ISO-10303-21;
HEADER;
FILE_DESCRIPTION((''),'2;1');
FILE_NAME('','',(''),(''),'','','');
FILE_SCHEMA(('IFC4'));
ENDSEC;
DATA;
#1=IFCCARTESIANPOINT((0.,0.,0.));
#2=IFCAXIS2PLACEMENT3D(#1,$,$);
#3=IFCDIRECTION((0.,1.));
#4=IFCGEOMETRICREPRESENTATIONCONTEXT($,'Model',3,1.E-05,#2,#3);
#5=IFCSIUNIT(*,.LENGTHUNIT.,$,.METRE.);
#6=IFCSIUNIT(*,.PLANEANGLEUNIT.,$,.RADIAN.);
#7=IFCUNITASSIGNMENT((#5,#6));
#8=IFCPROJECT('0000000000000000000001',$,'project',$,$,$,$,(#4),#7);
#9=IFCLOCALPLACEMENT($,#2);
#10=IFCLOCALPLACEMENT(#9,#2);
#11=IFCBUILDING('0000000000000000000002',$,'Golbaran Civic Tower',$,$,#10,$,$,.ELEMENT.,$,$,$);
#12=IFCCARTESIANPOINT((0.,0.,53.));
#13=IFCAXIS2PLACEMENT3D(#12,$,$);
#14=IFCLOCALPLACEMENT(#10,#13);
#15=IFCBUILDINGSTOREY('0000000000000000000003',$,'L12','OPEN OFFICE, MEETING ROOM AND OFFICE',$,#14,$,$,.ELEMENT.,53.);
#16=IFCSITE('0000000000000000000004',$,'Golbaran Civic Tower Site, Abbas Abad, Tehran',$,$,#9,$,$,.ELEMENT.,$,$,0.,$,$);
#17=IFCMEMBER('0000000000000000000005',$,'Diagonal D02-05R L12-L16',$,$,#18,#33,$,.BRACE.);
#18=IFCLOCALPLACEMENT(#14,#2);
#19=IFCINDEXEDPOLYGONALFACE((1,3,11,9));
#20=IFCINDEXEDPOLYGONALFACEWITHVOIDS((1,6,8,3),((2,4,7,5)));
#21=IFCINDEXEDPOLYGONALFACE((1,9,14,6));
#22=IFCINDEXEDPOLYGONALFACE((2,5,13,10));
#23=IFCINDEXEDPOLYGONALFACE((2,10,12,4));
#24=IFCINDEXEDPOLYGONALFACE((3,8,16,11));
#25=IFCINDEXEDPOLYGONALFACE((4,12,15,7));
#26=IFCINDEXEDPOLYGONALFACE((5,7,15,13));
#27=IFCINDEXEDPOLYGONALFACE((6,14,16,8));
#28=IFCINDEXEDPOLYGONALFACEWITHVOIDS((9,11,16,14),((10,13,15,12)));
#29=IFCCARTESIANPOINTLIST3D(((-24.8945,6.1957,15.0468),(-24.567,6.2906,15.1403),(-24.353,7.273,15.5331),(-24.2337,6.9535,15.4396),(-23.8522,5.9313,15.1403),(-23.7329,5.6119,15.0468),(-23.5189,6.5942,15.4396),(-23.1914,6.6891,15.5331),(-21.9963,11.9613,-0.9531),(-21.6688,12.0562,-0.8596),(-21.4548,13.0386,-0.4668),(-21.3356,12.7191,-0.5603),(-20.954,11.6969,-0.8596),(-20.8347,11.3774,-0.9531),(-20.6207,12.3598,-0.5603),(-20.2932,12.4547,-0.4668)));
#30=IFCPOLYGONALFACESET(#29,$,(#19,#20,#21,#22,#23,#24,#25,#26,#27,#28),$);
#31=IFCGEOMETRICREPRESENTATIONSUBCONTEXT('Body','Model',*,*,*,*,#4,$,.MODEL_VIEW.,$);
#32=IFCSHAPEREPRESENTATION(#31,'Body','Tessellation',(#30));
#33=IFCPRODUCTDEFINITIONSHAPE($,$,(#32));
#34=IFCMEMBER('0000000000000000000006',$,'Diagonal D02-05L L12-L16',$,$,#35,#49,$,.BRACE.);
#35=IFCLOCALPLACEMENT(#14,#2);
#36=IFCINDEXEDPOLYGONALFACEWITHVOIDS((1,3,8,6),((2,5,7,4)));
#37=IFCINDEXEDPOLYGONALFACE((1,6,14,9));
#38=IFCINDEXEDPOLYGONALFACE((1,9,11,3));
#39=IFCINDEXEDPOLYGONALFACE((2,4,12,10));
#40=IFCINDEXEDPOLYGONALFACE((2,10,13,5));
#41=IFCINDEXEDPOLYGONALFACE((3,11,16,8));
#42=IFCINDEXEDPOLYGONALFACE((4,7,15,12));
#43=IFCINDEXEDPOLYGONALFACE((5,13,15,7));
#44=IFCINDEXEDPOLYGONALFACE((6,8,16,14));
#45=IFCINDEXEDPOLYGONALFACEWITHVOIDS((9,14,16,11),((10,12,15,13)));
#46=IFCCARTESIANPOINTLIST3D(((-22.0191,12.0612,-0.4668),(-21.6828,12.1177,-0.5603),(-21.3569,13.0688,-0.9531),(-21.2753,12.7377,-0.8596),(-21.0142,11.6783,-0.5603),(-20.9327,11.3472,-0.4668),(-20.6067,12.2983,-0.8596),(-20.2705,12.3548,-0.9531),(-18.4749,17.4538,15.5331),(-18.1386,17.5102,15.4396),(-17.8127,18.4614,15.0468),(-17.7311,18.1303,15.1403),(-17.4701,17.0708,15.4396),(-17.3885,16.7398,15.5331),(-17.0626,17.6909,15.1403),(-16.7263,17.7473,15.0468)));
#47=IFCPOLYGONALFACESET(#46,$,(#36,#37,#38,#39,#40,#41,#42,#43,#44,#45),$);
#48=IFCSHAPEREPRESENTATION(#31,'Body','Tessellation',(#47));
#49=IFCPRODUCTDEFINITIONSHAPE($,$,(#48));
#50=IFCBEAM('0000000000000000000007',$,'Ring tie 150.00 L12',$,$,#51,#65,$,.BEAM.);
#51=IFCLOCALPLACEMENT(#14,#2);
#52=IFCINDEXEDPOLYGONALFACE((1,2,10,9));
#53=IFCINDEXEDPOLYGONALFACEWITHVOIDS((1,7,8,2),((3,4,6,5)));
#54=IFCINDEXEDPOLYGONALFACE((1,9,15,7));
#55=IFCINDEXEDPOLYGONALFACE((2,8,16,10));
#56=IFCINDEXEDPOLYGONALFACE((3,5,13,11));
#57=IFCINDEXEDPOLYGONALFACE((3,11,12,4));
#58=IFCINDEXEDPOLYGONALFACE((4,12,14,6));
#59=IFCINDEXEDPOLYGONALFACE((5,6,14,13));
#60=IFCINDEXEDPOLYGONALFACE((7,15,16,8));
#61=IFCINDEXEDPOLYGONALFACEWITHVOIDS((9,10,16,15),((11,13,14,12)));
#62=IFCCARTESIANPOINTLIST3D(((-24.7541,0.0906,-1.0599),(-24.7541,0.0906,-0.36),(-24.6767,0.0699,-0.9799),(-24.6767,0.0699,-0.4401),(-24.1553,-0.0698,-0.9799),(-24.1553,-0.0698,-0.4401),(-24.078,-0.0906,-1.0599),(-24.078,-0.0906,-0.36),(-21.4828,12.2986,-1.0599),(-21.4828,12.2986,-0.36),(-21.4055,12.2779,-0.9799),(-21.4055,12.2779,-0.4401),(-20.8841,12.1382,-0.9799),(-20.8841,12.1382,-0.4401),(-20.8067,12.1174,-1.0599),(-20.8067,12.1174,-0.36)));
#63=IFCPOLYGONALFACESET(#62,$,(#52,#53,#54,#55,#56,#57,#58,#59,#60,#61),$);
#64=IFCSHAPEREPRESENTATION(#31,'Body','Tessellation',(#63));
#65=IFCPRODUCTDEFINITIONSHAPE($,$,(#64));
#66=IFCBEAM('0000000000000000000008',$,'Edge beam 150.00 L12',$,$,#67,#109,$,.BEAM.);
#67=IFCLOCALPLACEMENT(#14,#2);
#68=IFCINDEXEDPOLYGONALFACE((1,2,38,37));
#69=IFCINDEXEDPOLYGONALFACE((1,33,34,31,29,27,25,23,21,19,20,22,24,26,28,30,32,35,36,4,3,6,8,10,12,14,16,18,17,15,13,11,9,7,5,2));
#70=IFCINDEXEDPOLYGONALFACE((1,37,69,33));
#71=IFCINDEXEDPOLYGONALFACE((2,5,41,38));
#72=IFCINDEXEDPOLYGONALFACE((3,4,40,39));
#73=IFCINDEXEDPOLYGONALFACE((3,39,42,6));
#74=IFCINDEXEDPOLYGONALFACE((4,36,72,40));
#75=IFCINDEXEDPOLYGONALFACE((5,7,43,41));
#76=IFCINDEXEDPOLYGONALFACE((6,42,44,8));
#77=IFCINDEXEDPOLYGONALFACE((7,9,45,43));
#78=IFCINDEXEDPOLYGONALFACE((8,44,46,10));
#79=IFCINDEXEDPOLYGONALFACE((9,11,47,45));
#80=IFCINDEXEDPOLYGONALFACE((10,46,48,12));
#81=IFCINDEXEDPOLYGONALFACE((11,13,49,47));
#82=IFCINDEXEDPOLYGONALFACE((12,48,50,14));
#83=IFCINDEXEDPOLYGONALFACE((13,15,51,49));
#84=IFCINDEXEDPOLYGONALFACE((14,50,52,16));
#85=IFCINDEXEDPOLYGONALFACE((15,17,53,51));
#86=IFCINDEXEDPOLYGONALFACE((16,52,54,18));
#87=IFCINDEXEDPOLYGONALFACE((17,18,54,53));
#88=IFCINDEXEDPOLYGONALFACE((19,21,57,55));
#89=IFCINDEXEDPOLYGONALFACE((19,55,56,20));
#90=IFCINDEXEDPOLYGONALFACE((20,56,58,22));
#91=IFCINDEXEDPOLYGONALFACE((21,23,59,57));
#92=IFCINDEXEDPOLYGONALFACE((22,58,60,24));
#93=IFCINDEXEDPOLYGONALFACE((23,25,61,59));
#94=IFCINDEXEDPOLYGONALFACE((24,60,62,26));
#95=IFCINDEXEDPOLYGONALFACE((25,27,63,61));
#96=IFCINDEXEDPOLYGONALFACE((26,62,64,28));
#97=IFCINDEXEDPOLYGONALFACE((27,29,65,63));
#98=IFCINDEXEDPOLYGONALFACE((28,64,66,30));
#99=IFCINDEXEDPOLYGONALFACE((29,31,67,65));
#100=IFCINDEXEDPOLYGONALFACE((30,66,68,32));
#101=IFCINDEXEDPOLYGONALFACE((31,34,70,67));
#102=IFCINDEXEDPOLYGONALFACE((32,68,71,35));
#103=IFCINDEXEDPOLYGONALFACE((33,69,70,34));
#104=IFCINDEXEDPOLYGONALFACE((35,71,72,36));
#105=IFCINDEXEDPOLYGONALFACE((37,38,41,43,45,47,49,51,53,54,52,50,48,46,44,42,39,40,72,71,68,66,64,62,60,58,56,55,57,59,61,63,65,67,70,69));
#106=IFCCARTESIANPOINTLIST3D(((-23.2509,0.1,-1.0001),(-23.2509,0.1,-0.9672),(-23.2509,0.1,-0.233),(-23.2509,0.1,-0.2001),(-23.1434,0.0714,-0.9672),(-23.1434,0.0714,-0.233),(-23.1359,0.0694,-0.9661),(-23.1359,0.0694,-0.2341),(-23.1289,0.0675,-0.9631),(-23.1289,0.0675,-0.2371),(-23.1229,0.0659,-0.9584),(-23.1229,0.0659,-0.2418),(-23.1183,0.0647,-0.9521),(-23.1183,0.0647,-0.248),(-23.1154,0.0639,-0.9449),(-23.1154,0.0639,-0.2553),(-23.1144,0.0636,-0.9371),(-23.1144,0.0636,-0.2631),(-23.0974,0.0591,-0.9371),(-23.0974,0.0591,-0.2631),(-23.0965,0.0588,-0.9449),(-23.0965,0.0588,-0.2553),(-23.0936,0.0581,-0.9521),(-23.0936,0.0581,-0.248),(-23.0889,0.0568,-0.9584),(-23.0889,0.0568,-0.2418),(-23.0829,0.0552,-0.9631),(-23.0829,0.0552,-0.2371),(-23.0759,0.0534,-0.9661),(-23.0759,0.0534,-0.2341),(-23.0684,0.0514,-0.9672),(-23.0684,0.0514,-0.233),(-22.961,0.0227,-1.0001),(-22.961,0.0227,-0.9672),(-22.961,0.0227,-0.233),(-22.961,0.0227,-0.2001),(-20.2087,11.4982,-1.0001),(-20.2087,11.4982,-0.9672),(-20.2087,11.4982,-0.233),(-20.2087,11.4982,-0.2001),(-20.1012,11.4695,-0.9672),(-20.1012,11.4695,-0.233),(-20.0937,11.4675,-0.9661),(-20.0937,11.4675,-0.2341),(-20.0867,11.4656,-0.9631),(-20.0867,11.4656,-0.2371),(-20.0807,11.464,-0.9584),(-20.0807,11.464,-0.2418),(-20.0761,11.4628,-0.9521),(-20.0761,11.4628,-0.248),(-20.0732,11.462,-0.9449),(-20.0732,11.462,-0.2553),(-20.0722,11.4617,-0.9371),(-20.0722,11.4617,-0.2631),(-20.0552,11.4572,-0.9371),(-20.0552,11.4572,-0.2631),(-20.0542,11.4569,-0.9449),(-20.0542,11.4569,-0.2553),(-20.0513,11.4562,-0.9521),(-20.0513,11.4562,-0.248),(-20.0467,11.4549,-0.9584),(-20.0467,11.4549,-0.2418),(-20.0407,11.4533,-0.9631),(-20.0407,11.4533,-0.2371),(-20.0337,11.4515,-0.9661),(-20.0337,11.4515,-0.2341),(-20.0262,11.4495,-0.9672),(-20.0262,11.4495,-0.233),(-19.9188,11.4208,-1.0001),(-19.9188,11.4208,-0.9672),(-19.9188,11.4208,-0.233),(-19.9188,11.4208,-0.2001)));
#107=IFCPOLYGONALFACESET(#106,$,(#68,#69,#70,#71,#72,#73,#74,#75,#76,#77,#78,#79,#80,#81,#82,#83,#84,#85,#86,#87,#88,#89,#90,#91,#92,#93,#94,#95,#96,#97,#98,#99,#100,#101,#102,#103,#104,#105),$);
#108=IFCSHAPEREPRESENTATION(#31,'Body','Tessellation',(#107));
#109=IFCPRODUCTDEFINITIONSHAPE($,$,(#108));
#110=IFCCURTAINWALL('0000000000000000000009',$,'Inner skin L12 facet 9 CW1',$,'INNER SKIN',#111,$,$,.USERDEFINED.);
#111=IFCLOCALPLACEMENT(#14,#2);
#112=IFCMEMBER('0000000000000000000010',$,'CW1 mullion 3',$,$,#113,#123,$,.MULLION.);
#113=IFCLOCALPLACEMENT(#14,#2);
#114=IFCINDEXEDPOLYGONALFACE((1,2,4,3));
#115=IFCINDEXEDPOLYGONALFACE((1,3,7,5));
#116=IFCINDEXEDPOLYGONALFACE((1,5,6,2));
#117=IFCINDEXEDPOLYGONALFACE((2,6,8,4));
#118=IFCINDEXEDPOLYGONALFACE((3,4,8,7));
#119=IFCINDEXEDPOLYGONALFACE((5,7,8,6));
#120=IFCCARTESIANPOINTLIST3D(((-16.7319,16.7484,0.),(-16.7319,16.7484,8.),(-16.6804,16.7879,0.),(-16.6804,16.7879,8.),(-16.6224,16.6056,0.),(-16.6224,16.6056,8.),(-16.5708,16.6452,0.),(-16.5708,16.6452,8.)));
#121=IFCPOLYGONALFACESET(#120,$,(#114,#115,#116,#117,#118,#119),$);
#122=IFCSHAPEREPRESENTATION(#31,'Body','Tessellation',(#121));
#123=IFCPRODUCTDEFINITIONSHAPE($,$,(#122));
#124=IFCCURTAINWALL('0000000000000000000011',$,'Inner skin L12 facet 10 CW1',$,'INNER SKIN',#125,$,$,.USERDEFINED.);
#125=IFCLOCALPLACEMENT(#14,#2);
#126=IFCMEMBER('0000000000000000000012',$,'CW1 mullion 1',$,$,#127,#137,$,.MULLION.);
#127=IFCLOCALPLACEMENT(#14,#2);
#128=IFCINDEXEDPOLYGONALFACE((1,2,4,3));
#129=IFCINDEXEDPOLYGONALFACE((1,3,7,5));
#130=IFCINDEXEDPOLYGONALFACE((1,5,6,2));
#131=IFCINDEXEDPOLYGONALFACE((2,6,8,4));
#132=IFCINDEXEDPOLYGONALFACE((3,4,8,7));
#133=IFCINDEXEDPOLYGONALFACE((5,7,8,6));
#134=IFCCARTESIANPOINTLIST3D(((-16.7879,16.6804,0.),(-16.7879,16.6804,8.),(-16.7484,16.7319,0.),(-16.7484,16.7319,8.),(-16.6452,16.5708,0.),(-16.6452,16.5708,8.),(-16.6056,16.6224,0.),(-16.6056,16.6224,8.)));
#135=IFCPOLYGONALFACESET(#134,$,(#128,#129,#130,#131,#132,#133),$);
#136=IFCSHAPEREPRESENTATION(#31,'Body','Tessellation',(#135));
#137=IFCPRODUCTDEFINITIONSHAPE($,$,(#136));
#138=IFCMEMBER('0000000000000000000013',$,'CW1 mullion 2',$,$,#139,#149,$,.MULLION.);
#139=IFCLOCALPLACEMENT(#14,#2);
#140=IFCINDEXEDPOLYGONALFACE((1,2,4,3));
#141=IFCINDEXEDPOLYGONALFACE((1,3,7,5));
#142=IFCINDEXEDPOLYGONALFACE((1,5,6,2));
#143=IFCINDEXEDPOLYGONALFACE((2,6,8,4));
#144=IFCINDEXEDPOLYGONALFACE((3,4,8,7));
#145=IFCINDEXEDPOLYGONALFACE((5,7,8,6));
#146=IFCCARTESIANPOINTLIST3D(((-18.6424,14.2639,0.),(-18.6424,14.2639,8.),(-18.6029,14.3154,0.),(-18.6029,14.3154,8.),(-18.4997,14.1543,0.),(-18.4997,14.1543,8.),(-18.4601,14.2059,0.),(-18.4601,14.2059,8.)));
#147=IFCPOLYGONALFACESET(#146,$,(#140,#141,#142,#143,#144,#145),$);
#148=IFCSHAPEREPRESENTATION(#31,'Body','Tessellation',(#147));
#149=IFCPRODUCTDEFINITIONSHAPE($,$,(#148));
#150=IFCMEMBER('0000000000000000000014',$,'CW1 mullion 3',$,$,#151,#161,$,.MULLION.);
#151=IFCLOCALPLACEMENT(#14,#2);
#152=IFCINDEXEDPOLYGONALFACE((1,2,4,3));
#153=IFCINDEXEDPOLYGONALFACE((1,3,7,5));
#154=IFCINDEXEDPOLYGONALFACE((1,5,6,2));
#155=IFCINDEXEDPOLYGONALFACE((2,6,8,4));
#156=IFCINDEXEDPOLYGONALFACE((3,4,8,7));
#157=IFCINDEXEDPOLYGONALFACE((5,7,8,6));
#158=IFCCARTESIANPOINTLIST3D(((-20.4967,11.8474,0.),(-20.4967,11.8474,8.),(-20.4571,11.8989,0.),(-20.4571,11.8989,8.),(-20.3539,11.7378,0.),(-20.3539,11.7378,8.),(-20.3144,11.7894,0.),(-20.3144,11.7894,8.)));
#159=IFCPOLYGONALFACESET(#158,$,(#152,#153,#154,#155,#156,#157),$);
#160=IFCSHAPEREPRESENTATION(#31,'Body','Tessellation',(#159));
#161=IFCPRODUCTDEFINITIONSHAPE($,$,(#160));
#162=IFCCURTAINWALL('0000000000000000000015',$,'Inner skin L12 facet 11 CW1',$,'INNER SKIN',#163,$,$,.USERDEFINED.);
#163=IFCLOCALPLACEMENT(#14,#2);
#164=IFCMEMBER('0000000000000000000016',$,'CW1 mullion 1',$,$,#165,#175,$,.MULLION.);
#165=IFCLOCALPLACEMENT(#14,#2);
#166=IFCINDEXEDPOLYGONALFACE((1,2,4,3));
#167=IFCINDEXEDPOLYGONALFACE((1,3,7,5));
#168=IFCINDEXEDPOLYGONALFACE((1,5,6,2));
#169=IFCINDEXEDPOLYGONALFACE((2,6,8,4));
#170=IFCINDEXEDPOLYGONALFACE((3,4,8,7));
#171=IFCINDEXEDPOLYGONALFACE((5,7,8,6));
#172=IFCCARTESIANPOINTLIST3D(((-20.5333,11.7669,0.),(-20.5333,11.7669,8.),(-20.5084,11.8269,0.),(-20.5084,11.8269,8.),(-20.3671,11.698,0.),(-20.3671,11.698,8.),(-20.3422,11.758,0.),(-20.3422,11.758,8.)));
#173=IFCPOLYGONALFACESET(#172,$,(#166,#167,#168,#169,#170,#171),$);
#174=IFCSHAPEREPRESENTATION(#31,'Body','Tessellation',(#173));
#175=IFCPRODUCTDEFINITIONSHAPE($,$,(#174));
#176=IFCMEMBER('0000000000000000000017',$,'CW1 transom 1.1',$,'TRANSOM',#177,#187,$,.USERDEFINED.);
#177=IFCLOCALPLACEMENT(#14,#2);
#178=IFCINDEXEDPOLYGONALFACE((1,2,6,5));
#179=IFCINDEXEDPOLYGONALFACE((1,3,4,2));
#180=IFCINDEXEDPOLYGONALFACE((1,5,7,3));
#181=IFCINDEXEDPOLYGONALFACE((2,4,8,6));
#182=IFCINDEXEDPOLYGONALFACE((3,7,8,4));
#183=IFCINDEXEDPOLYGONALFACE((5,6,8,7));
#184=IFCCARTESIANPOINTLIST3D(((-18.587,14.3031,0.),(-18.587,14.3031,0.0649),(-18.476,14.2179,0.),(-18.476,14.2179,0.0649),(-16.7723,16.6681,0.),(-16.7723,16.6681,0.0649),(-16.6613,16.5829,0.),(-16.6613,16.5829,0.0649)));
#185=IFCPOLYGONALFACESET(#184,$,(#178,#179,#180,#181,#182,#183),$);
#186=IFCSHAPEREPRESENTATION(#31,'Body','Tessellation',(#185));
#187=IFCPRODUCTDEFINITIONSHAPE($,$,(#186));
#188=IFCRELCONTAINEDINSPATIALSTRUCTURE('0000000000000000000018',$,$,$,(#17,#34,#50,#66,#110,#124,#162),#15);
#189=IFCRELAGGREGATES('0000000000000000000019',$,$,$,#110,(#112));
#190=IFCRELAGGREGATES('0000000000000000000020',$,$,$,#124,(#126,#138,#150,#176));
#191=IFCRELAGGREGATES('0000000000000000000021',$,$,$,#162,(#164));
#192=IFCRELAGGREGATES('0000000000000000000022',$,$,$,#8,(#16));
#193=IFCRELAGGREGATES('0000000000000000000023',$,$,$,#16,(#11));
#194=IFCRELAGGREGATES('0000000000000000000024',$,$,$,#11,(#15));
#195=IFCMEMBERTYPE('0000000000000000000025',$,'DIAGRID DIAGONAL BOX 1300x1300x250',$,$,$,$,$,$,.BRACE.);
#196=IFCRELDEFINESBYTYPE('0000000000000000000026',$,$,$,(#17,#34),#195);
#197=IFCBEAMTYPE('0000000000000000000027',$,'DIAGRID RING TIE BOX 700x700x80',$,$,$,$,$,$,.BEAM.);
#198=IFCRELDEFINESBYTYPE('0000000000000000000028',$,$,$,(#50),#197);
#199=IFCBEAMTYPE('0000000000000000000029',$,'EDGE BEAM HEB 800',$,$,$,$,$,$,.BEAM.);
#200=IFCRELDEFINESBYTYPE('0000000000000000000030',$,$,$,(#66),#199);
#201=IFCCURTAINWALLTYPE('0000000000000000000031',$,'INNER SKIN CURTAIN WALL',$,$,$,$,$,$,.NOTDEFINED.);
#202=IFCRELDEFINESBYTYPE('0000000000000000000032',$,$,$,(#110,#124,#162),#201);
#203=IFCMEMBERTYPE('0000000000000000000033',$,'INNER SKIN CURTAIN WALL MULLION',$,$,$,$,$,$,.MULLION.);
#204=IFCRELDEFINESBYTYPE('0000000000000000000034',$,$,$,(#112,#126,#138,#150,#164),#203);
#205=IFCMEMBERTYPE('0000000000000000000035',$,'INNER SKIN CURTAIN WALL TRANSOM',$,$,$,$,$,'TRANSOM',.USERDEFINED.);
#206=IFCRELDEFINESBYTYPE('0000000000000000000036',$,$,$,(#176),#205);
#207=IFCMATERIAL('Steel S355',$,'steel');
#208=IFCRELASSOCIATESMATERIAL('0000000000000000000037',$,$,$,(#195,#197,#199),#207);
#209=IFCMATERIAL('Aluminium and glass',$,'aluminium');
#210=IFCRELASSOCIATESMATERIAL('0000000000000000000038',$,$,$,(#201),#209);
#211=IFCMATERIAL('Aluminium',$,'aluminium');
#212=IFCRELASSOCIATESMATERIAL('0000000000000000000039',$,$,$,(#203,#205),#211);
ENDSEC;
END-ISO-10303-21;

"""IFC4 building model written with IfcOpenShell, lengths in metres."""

from ifc_helpers import new_model, si_unit, direction, frame, origin, origin_2d, place, context, subcontext, project, spatial, rectangle, hollow_rectangle, i_section, extrude, material, material_profile, profile_set, type_object, element, aggregate, save


model = new_model("IFC4")

# Units and contexts
model_context = context("Model", 3, precision=1e-05, world=origin(), true_north=direction((0.0, 1.0)))
body_context = subcontext(model_context, "Body", "Model", "MODEL_VIEW")
ifc_project = project(units=[si_unit("LENGTHUNIT", "METRE"), si_unit("PLANEANGLEUNIT", "RADIAN")], contexts=[model_context])

# Site, building, storey
site_placement = place(None, origin())
site = spatial("IfcSite", under=ifc_project, at=site_placement, Name="Golbaran Civic Tower Site, Abbas Abad, Tehran", CompositionType="ELEMENT", RefElevation=0.0)
building_placement = place(site_placement, origin())
building = spatial("IfcBuilding", under=site, at=building_placement, Name="Golbaran Civic Tower", CompositionType="ELEMENT")
storey_placement = place(building_placement, frame((0.0, 0.0, 53.0)))
storey = spatial("IfcBuildingStorey", under=building, at=storey_placement, Name="L12", Description="OPEN OFFICE, MEETING ROOM AND OFFICE", CompositionType="ELEMENT", Elevation=53.0)

# Members
ifc_material_1 = material(Name="Steel S355", Category="steel")
ifc_material_profile_1 = material_profile(ifc_material_1, hollow_rectangle(XDim=1.3, YDim=1.3, WallThickness=0.25, at=origin_2d()), Name="BOX 1300x1300x250")
ifc_profile_set_1 = profile_set([ifc_material_profile_1], Name="Steel S355")
member_type_1 = type_object("IfcMemberType", Name="DIAGRID DIAGONAL BOX 1300x1300x250", PredefinedType="BRACE", material=ifc_profile_set_1)
for number, where, z_axis, x_axis, name in (
    (1, (-21.1448, 12.208, -0.71), (-0.167989, -0.334195, 0.927412), (0.893472, -0.449119, 0.0), "Diagonal D02-05R L12-L16"),
    (2, (-21.1448, 12.208, -0.71), (0.205433, 0.312572, 0.927414), (-0.83567, 0.549231, 0.0), "Diagonal D02-05L L12-L16"),
):
    element("IfcMember", number, at=place(storey_placement, frame(where, z_axis=z_axis, x_axis=x_axis)), inside=storey, type_object=member_type_1, Name=name, PredefinedType="BRACE", context=body_context, shape_type="SweptSolid", body=[
        extrude(hollow_rectangle(XDim=1.3, YDim=1.3, WallThickness=0.25, at=origin_2d()), origin(), (0.0, 0.0, 1.0), 17.2522),
    ])

# Beams
ifc_material_profile_2 = material_profile(ifc_material_1, hollow_rectangle(XDim=0.7, YDim=0.7, WallThickness=0.0801, at=origin_2d()), Name="BOX 700x700x80")
ifc_profile_set_2 = profile_set([ifc_material_profile_2], Name="Steel S355")
beam_type_1 = type_object("IfcBeamType", Name="DIAGRID RING TIE BOX 700x700x80", PredefinedType="BEAM", material=ifc_profile_set_2)
beam_1_placement = place(storey_placement, frame((-21.1448, 12.208, -0.71), z_axis=(-0.258827, -0.965924, 0.0), x_axis=(0.965924, -0.258827, 0.0)))
element("IfcBeam", 3, at=beam_1_placement, inside=storey, type_object=beam_type_1, Name="Ring tie 150.00 L12", PredefinedType="BEAM", context=body_context, shape_type="SweptSolid", body=[
    extrude(hollow_rectangle(XDim=0.7, YDim=0.7, WallThickness=0.0801, at=origin_2d()), origin(), (0.0, 0.0, 1.0), 12.6387),
])
ifc_material_profile_3 = material_profile(ifc_material_1, i_section(OverallWidth=0.3, OverallDepth=0.8, WebThickness=0.0176, FlangeThickness=0.033, FilletRadius=0.03, at=origin_2d()), Name="HEB 800")
ifc_profile_set_3 = profile_set([ifc_material_profile_3], Name="Steel S355")
beam_type_2 = type_object("IfcBeamType", Name="EDGE BEAM HEB 800", PredefinedType="BEAM", material=ifc_profile_set_3)
beam_2_placement = place(storey_placement, frame((-20.0637, 11.4595, -0.6001), z_axis=(-0.257878, -0.966178, 0.0), x_axis=(0.966178, -0.257878, 0.0)))
element("IfcBeam", 4, at=beam_2_placement, inside=storey, type_object=beam_type_2, Name="Edge beam 150.00 L12", PredefinedType="BEAM", context=body_context, shape_type="SweptSolid", body=[
    extrude(i_section(OverallWidth=0.3, OverallDepth=0.8, WebThickness=0.0176, FlangeThickness=0.033, FilletRadius=0.03, at=origin_2d()), origin(), (0.0, 0.0, 1.0), 11.7971),
])

# Curtain wall, member
ifc_material_2 = material(Name="Aluminium and glass", Category="aluminium")
curtain_wall_type_1 = type_object("IfcCurtainWallType", Name="INNER SKIN CURTAIN WALL", PredefinedType="NOTDEFINED", material=ifc_material_2)
curtain_wall_1_placement = place(storey_placement, origin())
curtain_wall_1 = element("IfcCurtainWall", 5, at=curtain_wall_1_placement, inside=storey, type_object=curtain_wall_type_1, Name="Inner skin L12 facet 9 CW1", ObjectType="INNER SKIN", PredefinedType="USERDEFINED")
ifc_material_3 = material(Name="Aluminium", Category="aluminium")
ifc_material_profile_4 = material_profile(ifc_material_3, rectangle(XDim=0.1799, YDim=0.0649, at=origin_2d()), Name="INNER SKIN CURTAIN WALL MULLION")
ifc_profile_set_4 = profile_set([ifc_material_profile_4], Name="Aluminium")
member_type_2 = type_object("IfcMemberType", Name="INNER SKIN CURTAIN WALL MULLION", PredefinedType="MULLION", material=ifc_profile_set_4)
member_1_placement = place(storey_placement, frame((-16.6514, 16.6968, 0.0), z_axis=(0.0, 0.0, 1.0), x_axis=(0.608761, -0.793353, 0.0)))
member_1 = element("IfcMember", 6, at=member_1_placement, type_object=member_type_2, Name="CW1 mullion 3", PredefinedType="MULLION", context=body_context, shape_type="SweptSolid", body=[
    extrude(rectangle(XDim=0.1799, YDim=0.0649, at=origin_2d()), origin(), (0.0, 0.0, 1.0), 8.0),
])

# Curtain wall, members
curtain_wall_2_placement = place(storey_placement, origin())
curtain_wall_2 = element("IfcCurtainWall", 7, at=curtain_wall_2_placement, inside=storey, type_object=curtain_wall_type_1, Name="Inner skin L12 facet 10 CW1", ObjectType="INNER SKIN", PredefinedType="USERDEFINED")
member_2_placement = place(storey_placement, frame((-16.6968, 16.6514, 0.0), z_axis=(0.0, 0.0, 1.0), x_axis=(0.793353, -0.608761, 0.0)))
member_2 = element("IfcMember", 8, at=member_2_placement, type_object=member_type_2, Name="CW1 mullion 1", PredefinedType="MULLION", context=body_context, shape_type="SweptSolid", body=[
    extrude(rectangle(XDim=0.1799, YDim=0.0649, at=origin_2d()), origin(), (0.0, 0.0, 1.0), 8.0),
])
member_3_placement = place(storey_placement, frame((-18.5513, 14.2349, 0.0), z_axis=(0.0, 0.0, 1.0), x_axis=(0.793353, -0.608761, 0.0)))
member_3 = element("IfcMember", 9, at=member_3_placement, type_object=member_type_2, Name="CW1 mullion 2", PredefinedType="MULLION", context=body_context, shape_type="SweptSolid", body=[
    extrude(rectangle(XDim=0.1799, YDim=0.0649, at=origin_2d()), origin(), (0.0, 0.0, 1.0), 8.0),
])
member_4_placement = place(storey_placement, frame((-20.4055, 11.8184, 0.0), z_axis=(0.0, 0.0, 1.0), x_axis=(0.793353, -0.608761, 0.0)))
member_4 = element("IfcMember", 10, at=member_4_placement, type_object=member_type_2, Name="CW1 mullion 3", PredefinedType="MULLION", context=body_context, shape_type="SweptSolid", body=[
    extrude(rectangle(XDim=0.1799, YDim=0.0649, at=origin_2d()), origin(), (0.0, 0.0, 1.0), 8.0),
])

# Curtain wall, member
curtain_wall_3_placement = place(storey_placement, origin())
curtain_wall_3 = element("IfcCurtainWall", 11, at=curtain_wall_3_placement, inside=storey, type_object=curtain_wall_type_1, Name="Inner skin L12 facet 11 CW1", ObjectType="INNER SKIN", PredefinedType="USERDEFINED")
member_5_placement = place(storey_placement, frame((-20.4377, 11.7625, 0.0), z_axis=(0.0, 0.0, 1.0), x_axis=(0.92388, -0.382683, 0.0)))
member_5 = element("IfcMember", 12, at=member_5_placement, type_object=member_type_2, Name="CW1 mullion 1", PredefinedType="MULLION", context=body_context, shape_type="SweptSolid", body=[
    extrude(rectangle(XDim=0.1799, YDim=0.0649, at=origin_2d()), origin(), (0.0, 0.0, 1.0), 8.0),
])

# Member
ifc_material_profile_5 = material_profile(ifc_material_3, rectangle(XDim=0.1399, YDim=0.0649, at=origin_2d()), Name="INNER SKIN CURTAIN WALL TRANSOM")
ifc_profile_set_5 = profile_set([ifc_material_profile_5], Name="Aluminium")
member_type_3 = type_object("IfcMemberType", Name="INNER SKIN CURTAIN WALL TRANSOM", ElementType="TRANSOM", PredefinedType="USERDEFINED", material=ifc_profile_set_5)
member_6_placement = place(storey_placement, frame((-16.7168, 16.6255, 0.0325), z_axis=(-0.608756, -0.793357, 0.0), x_axis=(0.793357, -0.608756, 0.0)))
member_6 = element("IfcMember", 13, at=member_6_placement, type_object=member_type_3, Name="CW1 transom 1.1", ObjectType="TRANSOM", PredefinedType="USERDEFINED", context=body_context, shape_type="SweptSolid", body=[
    extrude(rectangle(XDim=0.1399, YDim=0.0649, at=origin_2d()), origin(), (0.0, 0.0, 1.0), 2.981),
])

aggregate(curtain_wall_1, [member_1])
aggregate(curtain_wall_2, [member_2, member_3, member_4, member_6])
aggregate(curtain_wall_3, [member_5])

save(model, "model.ifc")
